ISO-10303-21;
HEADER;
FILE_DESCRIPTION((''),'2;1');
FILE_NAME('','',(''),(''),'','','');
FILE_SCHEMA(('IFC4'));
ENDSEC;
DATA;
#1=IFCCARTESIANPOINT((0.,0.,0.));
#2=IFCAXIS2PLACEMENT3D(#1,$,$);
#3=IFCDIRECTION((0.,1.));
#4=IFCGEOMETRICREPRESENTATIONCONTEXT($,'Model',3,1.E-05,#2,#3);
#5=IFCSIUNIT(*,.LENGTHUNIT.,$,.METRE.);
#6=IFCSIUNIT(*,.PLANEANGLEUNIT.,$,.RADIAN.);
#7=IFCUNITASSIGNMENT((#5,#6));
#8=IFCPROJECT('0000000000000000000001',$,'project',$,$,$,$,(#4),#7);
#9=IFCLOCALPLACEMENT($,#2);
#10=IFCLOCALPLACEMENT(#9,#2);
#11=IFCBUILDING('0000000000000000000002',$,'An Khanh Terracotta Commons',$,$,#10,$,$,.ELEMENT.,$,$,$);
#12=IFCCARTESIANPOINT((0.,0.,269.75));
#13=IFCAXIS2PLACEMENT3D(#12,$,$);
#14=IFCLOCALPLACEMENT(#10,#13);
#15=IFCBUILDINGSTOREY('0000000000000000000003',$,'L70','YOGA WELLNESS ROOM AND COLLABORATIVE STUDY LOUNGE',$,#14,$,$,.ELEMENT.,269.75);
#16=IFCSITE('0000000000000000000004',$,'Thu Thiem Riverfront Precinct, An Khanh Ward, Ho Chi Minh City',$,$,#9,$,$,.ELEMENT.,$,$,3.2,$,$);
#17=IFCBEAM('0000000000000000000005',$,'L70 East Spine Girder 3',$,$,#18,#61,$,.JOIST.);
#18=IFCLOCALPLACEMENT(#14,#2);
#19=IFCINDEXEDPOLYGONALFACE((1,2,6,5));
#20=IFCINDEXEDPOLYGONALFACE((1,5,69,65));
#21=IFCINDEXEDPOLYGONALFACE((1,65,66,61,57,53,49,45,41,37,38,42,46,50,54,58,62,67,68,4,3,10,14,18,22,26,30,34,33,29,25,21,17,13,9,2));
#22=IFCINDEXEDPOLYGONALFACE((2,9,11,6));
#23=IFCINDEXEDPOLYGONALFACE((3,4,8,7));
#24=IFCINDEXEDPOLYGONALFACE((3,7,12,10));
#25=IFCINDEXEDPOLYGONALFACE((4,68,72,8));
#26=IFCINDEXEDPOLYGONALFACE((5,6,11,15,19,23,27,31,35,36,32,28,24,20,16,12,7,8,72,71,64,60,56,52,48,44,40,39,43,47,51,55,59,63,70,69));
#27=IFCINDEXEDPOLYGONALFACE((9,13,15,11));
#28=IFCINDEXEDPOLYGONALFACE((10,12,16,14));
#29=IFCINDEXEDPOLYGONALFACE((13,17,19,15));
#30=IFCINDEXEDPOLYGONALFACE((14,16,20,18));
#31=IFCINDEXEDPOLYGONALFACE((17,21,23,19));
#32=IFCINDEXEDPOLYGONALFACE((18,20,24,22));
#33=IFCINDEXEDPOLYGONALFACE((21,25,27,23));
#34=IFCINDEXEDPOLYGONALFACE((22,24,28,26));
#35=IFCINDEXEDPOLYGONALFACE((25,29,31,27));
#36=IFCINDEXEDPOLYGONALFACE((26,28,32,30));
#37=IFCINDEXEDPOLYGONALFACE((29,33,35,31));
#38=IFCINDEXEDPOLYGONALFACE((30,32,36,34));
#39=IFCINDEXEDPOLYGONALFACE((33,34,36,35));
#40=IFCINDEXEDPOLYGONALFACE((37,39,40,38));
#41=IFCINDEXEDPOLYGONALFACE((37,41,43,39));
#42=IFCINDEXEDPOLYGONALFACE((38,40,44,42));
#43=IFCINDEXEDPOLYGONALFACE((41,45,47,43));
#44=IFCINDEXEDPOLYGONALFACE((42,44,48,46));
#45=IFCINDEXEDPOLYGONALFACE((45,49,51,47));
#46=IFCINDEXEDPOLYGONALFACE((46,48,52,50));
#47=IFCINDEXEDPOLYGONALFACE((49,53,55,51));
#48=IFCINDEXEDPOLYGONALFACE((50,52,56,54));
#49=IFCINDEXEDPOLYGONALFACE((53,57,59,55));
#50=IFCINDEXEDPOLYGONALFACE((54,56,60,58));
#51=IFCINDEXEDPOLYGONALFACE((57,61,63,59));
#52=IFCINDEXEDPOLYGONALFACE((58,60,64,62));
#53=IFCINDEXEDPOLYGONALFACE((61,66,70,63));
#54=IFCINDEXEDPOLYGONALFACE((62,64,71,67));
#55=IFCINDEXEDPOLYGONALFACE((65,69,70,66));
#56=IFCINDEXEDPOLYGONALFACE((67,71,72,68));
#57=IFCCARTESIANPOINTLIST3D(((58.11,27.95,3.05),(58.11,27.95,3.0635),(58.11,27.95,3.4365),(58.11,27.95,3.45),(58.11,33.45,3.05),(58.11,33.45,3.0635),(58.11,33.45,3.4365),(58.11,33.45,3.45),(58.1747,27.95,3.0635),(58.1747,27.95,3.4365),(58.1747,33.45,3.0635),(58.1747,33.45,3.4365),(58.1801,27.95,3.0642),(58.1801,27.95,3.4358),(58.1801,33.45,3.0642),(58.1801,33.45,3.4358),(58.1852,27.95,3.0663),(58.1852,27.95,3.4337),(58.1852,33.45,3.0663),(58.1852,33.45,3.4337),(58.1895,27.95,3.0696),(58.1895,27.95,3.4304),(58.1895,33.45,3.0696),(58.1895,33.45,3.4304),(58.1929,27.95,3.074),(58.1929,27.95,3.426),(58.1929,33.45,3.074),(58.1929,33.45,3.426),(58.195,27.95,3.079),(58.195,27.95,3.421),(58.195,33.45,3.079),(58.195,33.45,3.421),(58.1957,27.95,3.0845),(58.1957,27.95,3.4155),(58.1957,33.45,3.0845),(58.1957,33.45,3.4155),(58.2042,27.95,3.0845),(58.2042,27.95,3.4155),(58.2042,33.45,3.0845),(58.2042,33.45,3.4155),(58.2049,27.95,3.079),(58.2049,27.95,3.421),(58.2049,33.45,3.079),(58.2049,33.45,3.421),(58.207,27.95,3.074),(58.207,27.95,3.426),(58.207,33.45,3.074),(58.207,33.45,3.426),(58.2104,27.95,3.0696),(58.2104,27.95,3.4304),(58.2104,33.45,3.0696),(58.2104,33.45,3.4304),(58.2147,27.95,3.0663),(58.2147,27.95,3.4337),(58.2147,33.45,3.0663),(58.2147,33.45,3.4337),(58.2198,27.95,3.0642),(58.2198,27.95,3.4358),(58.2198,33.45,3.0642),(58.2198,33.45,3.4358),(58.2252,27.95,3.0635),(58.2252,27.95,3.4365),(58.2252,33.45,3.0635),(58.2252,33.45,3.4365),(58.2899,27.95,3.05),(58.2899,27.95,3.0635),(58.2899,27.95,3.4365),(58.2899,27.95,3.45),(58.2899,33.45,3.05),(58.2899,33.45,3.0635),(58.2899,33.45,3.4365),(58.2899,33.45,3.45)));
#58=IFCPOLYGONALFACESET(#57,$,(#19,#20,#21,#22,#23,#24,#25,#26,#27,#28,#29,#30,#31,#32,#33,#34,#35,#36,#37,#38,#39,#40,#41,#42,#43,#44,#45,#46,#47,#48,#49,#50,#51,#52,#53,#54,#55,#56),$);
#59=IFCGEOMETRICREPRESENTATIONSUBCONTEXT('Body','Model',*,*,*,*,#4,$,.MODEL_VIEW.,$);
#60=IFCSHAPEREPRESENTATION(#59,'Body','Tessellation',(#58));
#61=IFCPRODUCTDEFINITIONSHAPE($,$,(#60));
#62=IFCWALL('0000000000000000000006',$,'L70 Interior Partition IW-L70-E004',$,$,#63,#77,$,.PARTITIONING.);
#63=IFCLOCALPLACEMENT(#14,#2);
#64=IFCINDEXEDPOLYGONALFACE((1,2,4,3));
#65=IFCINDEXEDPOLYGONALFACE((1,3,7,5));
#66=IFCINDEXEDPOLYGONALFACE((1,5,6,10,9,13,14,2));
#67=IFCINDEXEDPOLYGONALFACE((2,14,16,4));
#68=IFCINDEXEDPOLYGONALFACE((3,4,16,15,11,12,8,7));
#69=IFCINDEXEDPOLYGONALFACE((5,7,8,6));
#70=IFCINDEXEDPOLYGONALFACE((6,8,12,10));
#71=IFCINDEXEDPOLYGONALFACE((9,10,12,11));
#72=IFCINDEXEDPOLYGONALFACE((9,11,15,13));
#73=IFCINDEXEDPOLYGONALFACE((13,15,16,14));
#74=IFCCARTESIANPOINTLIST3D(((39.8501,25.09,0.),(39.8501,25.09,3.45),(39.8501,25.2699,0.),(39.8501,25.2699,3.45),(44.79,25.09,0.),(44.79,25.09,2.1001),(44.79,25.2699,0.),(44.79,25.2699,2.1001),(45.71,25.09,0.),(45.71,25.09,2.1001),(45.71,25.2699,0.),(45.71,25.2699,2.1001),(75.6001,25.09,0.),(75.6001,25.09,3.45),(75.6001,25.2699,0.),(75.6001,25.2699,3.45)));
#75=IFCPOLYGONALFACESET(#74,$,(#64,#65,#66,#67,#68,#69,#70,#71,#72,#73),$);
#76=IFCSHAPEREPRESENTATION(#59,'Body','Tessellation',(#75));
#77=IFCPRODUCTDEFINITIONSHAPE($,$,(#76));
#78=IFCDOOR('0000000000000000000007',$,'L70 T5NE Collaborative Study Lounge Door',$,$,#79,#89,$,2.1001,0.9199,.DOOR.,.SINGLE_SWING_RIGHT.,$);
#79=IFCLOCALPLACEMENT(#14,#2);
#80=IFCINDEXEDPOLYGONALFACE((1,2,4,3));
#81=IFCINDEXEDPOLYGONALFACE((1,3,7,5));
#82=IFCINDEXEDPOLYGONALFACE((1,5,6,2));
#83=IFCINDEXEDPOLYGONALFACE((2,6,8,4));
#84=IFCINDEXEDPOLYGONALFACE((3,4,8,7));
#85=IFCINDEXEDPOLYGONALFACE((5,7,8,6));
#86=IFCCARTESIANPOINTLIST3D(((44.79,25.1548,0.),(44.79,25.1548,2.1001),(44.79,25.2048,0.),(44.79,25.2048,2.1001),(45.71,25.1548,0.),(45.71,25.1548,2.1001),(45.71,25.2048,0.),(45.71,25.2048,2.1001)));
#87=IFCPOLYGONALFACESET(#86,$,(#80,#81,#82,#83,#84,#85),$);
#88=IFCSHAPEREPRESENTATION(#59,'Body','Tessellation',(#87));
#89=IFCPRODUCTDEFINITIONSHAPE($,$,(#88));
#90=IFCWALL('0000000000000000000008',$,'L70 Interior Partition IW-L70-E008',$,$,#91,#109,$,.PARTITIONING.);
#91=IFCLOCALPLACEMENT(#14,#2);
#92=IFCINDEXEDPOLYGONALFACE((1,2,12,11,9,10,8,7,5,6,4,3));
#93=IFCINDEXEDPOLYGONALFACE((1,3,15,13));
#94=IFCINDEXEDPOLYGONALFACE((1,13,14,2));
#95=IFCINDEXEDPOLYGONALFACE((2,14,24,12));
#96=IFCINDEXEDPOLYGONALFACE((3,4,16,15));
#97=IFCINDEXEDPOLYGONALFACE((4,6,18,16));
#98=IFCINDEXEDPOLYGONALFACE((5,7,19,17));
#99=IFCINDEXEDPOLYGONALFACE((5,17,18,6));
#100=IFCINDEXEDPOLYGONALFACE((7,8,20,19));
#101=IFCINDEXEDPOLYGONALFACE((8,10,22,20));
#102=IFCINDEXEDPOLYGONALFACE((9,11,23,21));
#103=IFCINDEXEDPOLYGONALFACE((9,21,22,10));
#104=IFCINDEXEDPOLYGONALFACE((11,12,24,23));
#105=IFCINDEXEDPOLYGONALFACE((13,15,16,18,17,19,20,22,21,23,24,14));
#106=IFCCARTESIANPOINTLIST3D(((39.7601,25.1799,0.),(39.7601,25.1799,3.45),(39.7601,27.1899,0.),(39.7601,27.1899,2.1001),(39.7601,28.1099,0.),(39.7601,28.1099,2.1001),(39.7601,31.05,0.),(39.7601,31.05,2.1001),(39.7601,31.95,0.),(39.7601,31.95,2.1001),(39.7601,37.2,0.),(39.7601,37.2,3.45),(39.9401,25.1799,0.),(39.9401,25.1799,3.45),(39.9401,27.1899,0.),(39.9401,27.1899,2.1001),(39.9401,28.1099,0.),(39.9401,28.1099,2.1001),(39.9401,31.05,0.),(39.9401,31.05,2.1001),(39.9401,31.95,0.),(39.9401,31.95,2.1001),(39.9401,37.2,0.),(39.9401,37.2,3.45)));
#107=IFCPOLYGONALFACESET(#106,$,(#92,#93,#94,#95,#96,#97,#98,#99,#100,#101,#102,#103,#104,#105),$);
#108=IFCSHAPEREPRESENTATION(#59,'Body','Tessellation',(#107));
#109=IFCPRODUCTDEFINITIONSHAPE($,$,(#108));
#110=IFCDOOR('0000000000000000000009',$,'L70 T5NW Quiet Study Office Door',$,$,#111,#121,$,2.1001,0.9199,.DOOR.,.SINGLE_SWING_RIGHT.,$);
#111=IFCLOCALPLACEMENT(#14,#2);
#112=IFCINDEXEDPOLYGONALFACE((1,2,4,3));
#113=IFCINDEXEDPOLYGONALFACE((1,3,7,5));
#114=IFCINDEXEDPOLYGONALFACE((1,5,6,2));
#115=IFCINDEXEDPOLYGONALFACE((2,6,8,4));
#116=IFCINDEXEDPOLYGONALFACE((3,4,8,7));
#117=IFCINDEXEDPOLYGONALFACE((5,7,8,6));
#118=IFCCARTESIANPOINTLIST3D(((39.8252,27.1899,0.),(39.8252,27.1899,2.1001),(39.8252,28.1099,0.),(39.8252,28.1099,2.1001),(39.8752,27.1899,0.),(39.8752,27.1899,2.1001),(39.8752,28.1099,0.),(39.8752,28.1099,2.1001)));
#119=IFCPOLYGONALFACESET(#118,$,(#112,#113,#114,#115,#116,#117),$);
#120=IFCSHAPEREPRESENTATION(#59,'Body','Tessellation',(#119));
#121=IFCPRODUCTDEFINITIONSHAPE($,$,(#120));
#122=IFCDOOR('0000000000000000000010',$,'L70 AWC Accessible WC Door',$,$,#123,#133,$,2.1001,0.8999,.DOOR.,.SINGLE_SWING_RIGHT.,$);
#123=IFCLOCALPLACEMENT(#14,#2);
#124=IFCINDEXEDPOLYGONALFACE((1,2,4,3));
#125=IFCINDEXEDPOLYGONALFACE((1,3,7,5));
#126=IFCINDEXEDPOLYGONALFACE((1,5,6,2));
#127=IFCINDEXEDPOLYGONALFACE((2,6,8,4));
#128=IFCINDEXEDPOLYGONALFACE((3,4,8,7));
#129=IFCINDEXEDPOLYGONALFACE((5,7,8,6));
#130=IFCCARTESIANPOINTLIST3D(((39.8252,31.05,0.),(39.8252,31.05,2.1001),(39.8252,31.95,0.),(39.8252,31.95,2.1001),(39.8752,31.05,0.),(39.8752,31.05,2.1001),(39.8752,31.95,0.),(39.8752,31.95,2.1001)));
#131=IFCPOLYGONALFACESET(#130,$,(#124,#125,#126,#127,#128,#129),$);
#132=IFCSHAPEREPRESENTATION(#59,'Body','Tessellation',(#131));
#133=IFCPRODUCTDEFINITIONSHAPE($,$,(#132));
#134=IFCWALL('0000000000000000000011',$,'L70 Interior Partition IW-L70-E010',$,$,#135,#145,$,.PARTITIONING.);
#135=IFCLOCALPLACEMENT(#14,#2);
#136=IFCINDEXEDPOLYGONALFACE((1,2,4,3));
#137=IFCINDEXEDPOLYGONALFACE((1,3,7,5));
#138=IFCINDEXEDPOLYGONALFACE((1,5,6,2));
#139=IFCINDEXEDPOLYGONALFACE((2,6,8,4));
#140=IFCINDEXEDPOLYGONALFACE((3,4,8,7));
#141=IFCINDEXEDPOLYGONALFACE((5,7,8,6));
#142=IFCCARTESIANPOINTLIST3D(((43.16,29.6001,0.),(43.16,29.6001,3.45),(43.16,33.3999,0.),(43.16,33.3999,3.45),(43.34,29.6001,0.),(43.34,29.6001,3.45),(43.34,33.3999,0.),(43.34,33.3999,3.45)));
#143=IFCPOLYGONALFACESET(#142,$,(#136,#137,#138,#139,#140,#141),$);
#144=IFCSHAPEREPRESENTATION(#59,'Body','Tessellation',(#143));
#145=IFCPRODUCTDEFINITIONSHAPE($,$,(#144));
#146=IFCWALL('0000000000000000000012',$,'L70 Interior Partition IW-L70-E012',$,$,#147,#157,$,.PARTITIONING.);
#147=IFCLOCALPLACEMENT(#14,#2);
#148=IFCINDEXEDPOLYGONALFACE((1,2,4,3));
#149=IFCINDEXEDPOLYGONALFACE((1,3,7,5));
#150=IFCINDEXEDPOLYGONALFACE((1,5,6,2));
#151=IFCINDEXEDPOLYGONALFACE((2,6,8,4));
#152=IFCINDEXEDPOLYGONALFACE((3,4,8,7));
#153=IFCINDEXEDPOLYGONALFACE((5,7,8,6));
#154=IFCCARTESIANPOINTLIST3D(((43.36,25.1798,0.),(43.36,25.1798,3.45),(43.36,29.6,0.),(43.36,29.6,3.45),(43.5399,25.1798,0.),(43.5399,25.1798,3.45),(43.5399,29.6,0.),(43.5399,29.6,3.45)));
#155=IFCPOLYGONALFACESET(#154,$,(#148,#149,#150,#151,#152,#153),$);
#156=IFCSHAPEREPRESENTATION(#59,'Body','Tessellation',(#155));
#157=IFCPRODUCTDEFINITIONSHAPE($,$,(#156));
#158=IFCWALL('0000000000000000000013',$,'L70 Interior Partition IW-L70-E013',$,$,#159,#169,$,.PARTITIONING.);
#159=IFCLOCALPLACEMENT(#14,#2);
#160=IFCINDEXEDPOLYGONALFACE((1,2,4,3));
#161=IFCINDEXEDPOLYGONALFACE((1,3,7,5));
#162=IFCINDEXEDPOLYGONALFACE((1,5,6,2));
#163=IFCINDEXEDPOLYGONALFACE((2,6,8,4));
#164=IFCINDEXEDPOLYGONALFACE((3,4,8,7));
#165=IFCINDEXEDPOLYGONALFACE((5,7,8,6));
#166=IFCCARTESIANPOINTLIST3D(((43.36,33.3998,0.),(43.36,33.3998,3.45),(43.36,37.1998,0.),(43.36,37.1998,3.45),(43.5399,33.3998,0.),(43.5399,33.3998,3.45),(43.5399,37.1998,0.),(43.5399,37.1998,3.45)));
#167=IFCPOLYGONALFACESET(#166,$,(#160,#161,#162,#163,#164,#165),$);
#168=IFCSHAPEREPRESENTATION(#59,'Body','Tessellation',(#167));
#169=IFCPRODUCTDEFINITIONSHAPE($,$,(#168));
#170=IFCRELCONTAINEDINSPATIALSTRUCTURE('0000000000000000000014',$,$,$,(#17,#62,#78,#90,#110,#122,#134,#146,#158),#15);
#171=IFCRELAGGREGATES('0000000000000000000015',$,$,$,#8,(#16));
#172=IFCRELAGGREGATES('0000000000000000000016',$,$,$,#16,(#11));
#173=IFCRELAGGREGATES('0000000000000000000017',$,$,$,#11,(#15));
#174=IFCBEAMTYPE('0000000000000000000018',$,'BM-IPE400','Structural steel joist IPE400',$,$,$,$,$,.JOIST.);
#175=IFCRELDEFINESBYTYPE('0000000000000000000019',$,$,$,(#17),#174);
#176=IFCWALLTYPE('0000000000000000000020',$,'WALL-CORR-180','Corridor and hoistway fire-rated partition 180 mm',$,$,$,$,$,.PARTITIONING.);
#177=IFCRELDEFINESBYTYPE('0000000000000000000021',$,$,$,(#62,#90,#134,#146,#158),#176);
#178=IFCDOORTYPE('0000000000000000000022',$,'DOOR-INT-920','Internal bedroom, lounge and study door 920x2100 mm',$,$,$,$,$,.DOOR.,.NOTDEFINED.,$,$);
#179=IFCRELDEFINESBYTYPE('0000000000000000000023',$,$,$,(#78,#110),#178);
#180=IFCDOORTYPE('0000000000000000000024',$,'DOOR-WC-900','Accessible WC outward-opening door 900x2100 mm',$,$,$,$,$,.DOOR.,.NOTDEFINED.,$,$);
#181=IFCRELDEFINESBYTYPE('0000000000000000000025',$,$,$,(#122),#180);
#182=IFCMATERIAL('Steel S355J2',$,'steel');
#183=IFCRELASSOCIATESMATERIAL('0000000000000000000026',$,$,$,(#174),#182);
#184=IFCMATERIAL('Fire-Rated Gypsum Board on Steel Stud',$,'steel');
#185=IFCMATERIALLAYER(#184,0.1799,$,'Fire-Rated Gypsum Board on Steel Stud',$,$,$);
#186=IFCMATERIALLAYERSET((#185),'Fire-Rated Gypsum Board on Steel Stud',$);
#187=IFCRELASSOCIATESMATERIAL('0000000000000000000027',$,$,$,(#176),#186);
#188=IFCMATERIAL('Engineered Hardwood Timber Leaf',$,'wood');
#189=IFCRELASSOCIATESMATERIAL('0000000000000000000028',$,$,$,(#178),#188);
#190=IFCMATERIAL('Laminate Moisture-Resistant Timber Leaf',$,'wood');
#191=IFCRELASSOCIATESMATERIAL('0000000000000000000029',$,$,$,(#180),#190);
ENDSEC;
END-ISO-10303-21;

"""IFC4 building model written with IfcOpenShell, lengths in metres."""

from ifc_helpers import new_model, si_unit, direction, frame, frame_2d, origin, origin_2d, place, context, subcontext, project, spatial, rectangle, i_section, extrude, material, layer, layer_set, material_profile, profile_set, type_object, element, fill, save


model = new_model("IFC4")

# Units and contexts
model_context = context("Model", 3, precision=1e-05, world=origin(), true_north=direction((0.0, 1.0)))
body_context = subcontext(model_context, "Body", "Model", "MODEL_VIEW")
ifc_project = project(units=[si_unit("LENGTHUNIT", "METRE"), si_unit("PLANEANGLEUNIT", "RADIAN")], contexts=[model_context])

# Site, building, storey
site_placement = place(None, origin())
site = spatial("IfcSite", under=ifc_project, at=site_placement, Name="Thu Thiem Riverfront Precinct, An Khanh Ward, Ho Chi Minh City", CompositionType="ELEMENT", RefElevation=3.2)
building_placement = place(site_placement, origin())
building = spatial("IfcBuilding", under=site, at=building_placement, Name="An Khanh Terracotta Commons", CompositionType="ELEMENT")
storey_placement = place(building_placement, frame((0.0, 0.0, 269.75)))
storey = spatial("IfcBuildingStorey", under=building, at=storey_placement, Name="L70", Description="YOGA WELLNESS ROOM AND COLLABORATIVE STUDY LOUNGE", CompositionType="ELEMENT", Elevation=269.75)

# Beam
ifc_material_1 = material(Name="Steel S355J2", Category="steel")
ifc_material_profile_1 = material_profile(ifc_material_1, i_section(OverallWidth=0.1799, OverallDepth=0.3999, WebThickness=0.0085, FlangeThickness=0.0134, FilletRadius=0.021, at=origin_2d()), Name="IPE400")
ifc_profile_set_1 = profile_set([ifc_material_profile_1], Name="Steel S355J2")
beam_type_1 = type_object("IfcBeamType", Name="BM-IPE400", Description="Structural steel joist IPE400", PredefinedType="JOIST", material=ifc_profile_set_1)
beam_placement = place(storey_placement, frame((58.2, 27.95, 3.25), z_axis=(0.0, 1.0, 0.0), x_axis=(-1.0, 0.0, 0.0)))
element("IfcBeam", 1, at=beam_placement, inside=storey, type_object=beam_type_1, Name="L70 East Spine Girder 3", PredefinedType="JOIST", context=body_context, shape_type="SweptSolid", body=[
    extrude(i_section(OverallWidth=0.1799, OverallDepth=0.3999, WebThickness=0.0085, FlangeThickness=0.0134, FilletRadius=0.021, at=origin_2d()), origin(), (0.0, 0.0, 1.0), 5.5),
])

# Wall, opening, door
ifc_material_2 = material(Name="Fire-Rated Gypsum Board on Steel Stud", Category="steel")
ifc_layer_1 = layer(ifc_material_2, 0.1799, Name="Fire-Rated Gypsum Board on Steel Stud")
ifc_layer_set_1 = layer_set([ifc_layer_1], Name="Fire-Rated Gypsum Board on Steel Stud")
wall_type_1 = type_object("IfcWallType", Name="WALL-CORR-180", Description="Corridor and hoistway fire-rated partition 180 mm", PredefinedType="PARTITIONING", material=ifc_layer_set_1)
wall_1_placement = place(storey_placement, frame((39.8501, 25.1799, 0.0), z_axis=(0.0, 0.0, 1.0), x_axis=(1.0, 0.0, 0.0)))
wall_1 = element("IfcWall", 2, at=wall_1_placement, inside=storey, type_object=wall_type_1, Name="L70 Interior Partition IW-L70-E004", PredefinedType="PARTITIONING", context=body_context, shape_type="SweptSolid", body=[
    extrude(rectangle(XDim=35.75, YDim=0.1799, at=frame_2d((17.875, 0.0))), origin(), (0.0, 0.0, 1.0), 3.45),
])
opening_1_placement = place(wall_1_placement, frame((4.9399, 0.0, 0.0)))
opening_1 = element("IfcOpeningElement", 3, at=opening_1_placement, cuts=wall_1, PredefinedType="OPENING", context=body_context, shape_type="SweptSolid", body=[
    extrude(rectangle(XDim=0.9199, YDim=2.1001, at=frame_2d((0.46, 1.05))), frame((0.0, 0.0999, 0.0), z_axis=(0.0, -1.0, 0.0), x_axis=(1.0, 0.0, 0.0)), (0.0, 0.0, 1.0), 0.2),
])
ifc_material_3 = material(Name="Engineered Hardwood Timber Leaf", Category="wood")
door_type_1 = type_object("IfcDoorType", Name="DOOR-INT-920", Description="Internal bedroom, lounge and study door 920x2100 mm", OperationType="NOTDEFINED", PredefinedType="DOOR", material=ifc_material_3)
door_1_placement = place(opening_1_placement, origin())
door_1 = element("IfcDoor", 4, at=door_1_placement, inside=storey, type_object=door_type_1, Name="L70 T5NE Collaborative Study Lounge Door", OperationType="SINGLE_SWING_RIGHT", OverallHeight=2.1001, OverallWidth=0.9199, PredefinedType="DOOR", context=body_context, shape_type="SweptSolid", body=[
    extrude(rectangle(XDim=0.9199, YDim=2.1001, at=frame_2d((0.46, 1.05))), frame((0.0, 0.0249, 0.0), z_axis=(0.0, -1.0, 0.0), x_axis=(1.0, 0.0, 0.0)), (0.0, 0.0, 1.0), 0.05),
])
fill(opening_1, door_1)

# Wall, openings, doors
wall_2_placement = place(storey_placement, frame((39.8501, 25.1799, 0.0), z_axis=(0.0, 0.0, 1.0), x_axis=(0.0, 1.0, 0.0)))
wall_2 = element("IfcWall", 5, at=wall_2_placement, inside=storey, type_object=wall_type_1, Name="L70 Interior Partition IW-L70-E008", PredefinedType="PARTITIONING", context=body_context, shape_type="SweptSolid", body=[
    extrude(rectangle(XDim=12.02, YDim=0.1799, at=frame_2d((6.01, 0.0))), origin(), (0.0, 0.0, 1.0), 3.45),
])
opening_2_placement = place(wall_2_placement, frame((5.8701, 0.0, 0.0)))
opening_2 = element("IfcOpeningElement", 6, at=opening_2_placement, cuts=wall_2, PredefinedType="OPENING", context=body_context, shape_type="SweptSolid", body=[
    extrude(rectangle(XDim=0.8999, YDim=2.1001, at=frame_2d((0.45, 1.05))), frame((0.0, 0.0999, 0.0), z_axis=(0.0, -1.0, 0.0), x_axis=(1.0, 0.0, 0.0)), (0.0, 0.0, 1.0), 0.2),
])
opening_3_placement = place(wall_2_placement, frame((2.01, 0.0, 0.0)))
opening_3 = element("IfcOpeningElement", 7, at=opening_3_placement, cuts=wall_2, PredefinedType="OPENING", context=body_context, shape_type="SweptSolid", body=[
    extrude(rectangle(XDim=0.9199, YDim=2.1001, at=frame_2d((0.46, 1.05))), frame((0.0, 0.0999, 0.0), z_axis=(0.0, -1.0, 0.0), x_axis=(1.0, 0.0, 0.0)), (0.0, 0.0, 1.0), 0.2),
])
door_2_placement = place(opening_3_placement, origin())
door_2 = element("IfcDoor", 8, at=door_2_placement, inside=storey, type_object=door_type_1, Name="L70 T5NW Quiet Study Office Door", OperationType="SINGLE_SWING_RIGHT", OverallHeight=2.1001, OverallWidth=0.9199, PredefinedType="DOOR", context=body_context, shape_type="SweptSolid", body=[
    extrude(rectangle(XDim=0.9199, YDim=2.1001, at=frame_2d((0.46, 1.05))), frame((0.0, 0.0249, 0.0), z_axis=(0.0, -1.0, 0.0), x_axis=(1.0, 0.0, 0.0)), (0.0, 0.0, 1.0), 0.05),
])
fill(opening_3, door_2)
ifc_material_4 = material(Name="Laminate Moisture-Resistant Timber Leaf", Category="wood")
door_type_2 = type_object("IfcDoorType", Name="DOOR-WC-900", Description="Accessible WC outward-opening door 900x2100 mm", OperationType="NOTDEFINED", PredefinedType="DOOR", material=ifc_material_4)
door_3_placement = place(opening_2_placement, origin())
door_3 = element("IfcDoor", 9, at=door_3_placement, inside=storey, type_object=door_type_2, Name="L70 AWC Accessible WC Door", OperationType="SINGLE_SWING_RIGHT", OverallHeight=2.1001, OverallWidth=0.8999, PredefinedType="DOOR", context=body_context, shape_type="SweptSolid", body=[
    extrude(rectangle(XDim=0.8999, YDim=2.1001, at=frame_2d((0.45, 1.05))), frame((0.0, 0.0249, 0.0), z_axis=(0.0, -1.0, 0.0), x_axis=(1.0, 0.0, 0.0)), (0.0, 0.0, 1.0), 0.05),
])
fill(opening_2, door_3)

# Walls
wall_3_placement = place(storey_placement, frame((43.25, 29.6001, 0.0), z_axis=(0.0, 0.0, 1.0), x_axis=(0.0, 1.0, 0.0)))
element("IfcWall", 10, at=wall_3_placement, inside=storey, type_object=wall_type_1, Name="L70 Interior Partition IW-L70-E010", PredefinedType="PARTITIONING", context=body_context, shape_type="SweptSolid", body=[
    extrude(rectangle(XDim=3.7998, YDim=0.1799, at=frame_2d((1.8999, 0.0))), origin(), (0.0, 0.0, 1.0), 3.45),
])
wall_4_placement = place(storey_placement, frame((43.45, 25.1799, 0.0), z_axis=(0.0, 0.0, 1.0), x_axis=(0.0, 1.0, 0.0)))
element("IfcWall", 11, at=wall_4_placement, inside=storey, type_object=wall_type_1, Name="L70 Interior Partition IW-L70-E012", PredefinedType="PARTITIONING", context=body_context, shape_type="SweptSolid", body=[
    extrude(rectangle(XDim=4.4202, YDim=0.1799, at=frame_2d((2.21, 0.0))), origin(), (0.0, 0.0, 1.0), 3.45),
])
wall_5_placement = place(storey_placement, frame((43.45, 33.3999, 0.0), z_axis=(0.0, 0.0, 1.0), x_axis=(0.0, 1.0, 0.0)))
element("IfcWall", 12, at=wall_5_placement, inside=storey, type_object=wall_type_1, Name="L70 Interior Partition IW-L70-E013", PredefinedType="PARTITIONING", context=body_context, shape_type="SweptSolid", body=[
    extrude(rectangle(XDim=3.8, YDim=0.1799, at=frame_2d((1.8999, 0.0))), origin(), (0.0, 0.0, 1.0), 3.45),
])

save(model, "model.ifc")
